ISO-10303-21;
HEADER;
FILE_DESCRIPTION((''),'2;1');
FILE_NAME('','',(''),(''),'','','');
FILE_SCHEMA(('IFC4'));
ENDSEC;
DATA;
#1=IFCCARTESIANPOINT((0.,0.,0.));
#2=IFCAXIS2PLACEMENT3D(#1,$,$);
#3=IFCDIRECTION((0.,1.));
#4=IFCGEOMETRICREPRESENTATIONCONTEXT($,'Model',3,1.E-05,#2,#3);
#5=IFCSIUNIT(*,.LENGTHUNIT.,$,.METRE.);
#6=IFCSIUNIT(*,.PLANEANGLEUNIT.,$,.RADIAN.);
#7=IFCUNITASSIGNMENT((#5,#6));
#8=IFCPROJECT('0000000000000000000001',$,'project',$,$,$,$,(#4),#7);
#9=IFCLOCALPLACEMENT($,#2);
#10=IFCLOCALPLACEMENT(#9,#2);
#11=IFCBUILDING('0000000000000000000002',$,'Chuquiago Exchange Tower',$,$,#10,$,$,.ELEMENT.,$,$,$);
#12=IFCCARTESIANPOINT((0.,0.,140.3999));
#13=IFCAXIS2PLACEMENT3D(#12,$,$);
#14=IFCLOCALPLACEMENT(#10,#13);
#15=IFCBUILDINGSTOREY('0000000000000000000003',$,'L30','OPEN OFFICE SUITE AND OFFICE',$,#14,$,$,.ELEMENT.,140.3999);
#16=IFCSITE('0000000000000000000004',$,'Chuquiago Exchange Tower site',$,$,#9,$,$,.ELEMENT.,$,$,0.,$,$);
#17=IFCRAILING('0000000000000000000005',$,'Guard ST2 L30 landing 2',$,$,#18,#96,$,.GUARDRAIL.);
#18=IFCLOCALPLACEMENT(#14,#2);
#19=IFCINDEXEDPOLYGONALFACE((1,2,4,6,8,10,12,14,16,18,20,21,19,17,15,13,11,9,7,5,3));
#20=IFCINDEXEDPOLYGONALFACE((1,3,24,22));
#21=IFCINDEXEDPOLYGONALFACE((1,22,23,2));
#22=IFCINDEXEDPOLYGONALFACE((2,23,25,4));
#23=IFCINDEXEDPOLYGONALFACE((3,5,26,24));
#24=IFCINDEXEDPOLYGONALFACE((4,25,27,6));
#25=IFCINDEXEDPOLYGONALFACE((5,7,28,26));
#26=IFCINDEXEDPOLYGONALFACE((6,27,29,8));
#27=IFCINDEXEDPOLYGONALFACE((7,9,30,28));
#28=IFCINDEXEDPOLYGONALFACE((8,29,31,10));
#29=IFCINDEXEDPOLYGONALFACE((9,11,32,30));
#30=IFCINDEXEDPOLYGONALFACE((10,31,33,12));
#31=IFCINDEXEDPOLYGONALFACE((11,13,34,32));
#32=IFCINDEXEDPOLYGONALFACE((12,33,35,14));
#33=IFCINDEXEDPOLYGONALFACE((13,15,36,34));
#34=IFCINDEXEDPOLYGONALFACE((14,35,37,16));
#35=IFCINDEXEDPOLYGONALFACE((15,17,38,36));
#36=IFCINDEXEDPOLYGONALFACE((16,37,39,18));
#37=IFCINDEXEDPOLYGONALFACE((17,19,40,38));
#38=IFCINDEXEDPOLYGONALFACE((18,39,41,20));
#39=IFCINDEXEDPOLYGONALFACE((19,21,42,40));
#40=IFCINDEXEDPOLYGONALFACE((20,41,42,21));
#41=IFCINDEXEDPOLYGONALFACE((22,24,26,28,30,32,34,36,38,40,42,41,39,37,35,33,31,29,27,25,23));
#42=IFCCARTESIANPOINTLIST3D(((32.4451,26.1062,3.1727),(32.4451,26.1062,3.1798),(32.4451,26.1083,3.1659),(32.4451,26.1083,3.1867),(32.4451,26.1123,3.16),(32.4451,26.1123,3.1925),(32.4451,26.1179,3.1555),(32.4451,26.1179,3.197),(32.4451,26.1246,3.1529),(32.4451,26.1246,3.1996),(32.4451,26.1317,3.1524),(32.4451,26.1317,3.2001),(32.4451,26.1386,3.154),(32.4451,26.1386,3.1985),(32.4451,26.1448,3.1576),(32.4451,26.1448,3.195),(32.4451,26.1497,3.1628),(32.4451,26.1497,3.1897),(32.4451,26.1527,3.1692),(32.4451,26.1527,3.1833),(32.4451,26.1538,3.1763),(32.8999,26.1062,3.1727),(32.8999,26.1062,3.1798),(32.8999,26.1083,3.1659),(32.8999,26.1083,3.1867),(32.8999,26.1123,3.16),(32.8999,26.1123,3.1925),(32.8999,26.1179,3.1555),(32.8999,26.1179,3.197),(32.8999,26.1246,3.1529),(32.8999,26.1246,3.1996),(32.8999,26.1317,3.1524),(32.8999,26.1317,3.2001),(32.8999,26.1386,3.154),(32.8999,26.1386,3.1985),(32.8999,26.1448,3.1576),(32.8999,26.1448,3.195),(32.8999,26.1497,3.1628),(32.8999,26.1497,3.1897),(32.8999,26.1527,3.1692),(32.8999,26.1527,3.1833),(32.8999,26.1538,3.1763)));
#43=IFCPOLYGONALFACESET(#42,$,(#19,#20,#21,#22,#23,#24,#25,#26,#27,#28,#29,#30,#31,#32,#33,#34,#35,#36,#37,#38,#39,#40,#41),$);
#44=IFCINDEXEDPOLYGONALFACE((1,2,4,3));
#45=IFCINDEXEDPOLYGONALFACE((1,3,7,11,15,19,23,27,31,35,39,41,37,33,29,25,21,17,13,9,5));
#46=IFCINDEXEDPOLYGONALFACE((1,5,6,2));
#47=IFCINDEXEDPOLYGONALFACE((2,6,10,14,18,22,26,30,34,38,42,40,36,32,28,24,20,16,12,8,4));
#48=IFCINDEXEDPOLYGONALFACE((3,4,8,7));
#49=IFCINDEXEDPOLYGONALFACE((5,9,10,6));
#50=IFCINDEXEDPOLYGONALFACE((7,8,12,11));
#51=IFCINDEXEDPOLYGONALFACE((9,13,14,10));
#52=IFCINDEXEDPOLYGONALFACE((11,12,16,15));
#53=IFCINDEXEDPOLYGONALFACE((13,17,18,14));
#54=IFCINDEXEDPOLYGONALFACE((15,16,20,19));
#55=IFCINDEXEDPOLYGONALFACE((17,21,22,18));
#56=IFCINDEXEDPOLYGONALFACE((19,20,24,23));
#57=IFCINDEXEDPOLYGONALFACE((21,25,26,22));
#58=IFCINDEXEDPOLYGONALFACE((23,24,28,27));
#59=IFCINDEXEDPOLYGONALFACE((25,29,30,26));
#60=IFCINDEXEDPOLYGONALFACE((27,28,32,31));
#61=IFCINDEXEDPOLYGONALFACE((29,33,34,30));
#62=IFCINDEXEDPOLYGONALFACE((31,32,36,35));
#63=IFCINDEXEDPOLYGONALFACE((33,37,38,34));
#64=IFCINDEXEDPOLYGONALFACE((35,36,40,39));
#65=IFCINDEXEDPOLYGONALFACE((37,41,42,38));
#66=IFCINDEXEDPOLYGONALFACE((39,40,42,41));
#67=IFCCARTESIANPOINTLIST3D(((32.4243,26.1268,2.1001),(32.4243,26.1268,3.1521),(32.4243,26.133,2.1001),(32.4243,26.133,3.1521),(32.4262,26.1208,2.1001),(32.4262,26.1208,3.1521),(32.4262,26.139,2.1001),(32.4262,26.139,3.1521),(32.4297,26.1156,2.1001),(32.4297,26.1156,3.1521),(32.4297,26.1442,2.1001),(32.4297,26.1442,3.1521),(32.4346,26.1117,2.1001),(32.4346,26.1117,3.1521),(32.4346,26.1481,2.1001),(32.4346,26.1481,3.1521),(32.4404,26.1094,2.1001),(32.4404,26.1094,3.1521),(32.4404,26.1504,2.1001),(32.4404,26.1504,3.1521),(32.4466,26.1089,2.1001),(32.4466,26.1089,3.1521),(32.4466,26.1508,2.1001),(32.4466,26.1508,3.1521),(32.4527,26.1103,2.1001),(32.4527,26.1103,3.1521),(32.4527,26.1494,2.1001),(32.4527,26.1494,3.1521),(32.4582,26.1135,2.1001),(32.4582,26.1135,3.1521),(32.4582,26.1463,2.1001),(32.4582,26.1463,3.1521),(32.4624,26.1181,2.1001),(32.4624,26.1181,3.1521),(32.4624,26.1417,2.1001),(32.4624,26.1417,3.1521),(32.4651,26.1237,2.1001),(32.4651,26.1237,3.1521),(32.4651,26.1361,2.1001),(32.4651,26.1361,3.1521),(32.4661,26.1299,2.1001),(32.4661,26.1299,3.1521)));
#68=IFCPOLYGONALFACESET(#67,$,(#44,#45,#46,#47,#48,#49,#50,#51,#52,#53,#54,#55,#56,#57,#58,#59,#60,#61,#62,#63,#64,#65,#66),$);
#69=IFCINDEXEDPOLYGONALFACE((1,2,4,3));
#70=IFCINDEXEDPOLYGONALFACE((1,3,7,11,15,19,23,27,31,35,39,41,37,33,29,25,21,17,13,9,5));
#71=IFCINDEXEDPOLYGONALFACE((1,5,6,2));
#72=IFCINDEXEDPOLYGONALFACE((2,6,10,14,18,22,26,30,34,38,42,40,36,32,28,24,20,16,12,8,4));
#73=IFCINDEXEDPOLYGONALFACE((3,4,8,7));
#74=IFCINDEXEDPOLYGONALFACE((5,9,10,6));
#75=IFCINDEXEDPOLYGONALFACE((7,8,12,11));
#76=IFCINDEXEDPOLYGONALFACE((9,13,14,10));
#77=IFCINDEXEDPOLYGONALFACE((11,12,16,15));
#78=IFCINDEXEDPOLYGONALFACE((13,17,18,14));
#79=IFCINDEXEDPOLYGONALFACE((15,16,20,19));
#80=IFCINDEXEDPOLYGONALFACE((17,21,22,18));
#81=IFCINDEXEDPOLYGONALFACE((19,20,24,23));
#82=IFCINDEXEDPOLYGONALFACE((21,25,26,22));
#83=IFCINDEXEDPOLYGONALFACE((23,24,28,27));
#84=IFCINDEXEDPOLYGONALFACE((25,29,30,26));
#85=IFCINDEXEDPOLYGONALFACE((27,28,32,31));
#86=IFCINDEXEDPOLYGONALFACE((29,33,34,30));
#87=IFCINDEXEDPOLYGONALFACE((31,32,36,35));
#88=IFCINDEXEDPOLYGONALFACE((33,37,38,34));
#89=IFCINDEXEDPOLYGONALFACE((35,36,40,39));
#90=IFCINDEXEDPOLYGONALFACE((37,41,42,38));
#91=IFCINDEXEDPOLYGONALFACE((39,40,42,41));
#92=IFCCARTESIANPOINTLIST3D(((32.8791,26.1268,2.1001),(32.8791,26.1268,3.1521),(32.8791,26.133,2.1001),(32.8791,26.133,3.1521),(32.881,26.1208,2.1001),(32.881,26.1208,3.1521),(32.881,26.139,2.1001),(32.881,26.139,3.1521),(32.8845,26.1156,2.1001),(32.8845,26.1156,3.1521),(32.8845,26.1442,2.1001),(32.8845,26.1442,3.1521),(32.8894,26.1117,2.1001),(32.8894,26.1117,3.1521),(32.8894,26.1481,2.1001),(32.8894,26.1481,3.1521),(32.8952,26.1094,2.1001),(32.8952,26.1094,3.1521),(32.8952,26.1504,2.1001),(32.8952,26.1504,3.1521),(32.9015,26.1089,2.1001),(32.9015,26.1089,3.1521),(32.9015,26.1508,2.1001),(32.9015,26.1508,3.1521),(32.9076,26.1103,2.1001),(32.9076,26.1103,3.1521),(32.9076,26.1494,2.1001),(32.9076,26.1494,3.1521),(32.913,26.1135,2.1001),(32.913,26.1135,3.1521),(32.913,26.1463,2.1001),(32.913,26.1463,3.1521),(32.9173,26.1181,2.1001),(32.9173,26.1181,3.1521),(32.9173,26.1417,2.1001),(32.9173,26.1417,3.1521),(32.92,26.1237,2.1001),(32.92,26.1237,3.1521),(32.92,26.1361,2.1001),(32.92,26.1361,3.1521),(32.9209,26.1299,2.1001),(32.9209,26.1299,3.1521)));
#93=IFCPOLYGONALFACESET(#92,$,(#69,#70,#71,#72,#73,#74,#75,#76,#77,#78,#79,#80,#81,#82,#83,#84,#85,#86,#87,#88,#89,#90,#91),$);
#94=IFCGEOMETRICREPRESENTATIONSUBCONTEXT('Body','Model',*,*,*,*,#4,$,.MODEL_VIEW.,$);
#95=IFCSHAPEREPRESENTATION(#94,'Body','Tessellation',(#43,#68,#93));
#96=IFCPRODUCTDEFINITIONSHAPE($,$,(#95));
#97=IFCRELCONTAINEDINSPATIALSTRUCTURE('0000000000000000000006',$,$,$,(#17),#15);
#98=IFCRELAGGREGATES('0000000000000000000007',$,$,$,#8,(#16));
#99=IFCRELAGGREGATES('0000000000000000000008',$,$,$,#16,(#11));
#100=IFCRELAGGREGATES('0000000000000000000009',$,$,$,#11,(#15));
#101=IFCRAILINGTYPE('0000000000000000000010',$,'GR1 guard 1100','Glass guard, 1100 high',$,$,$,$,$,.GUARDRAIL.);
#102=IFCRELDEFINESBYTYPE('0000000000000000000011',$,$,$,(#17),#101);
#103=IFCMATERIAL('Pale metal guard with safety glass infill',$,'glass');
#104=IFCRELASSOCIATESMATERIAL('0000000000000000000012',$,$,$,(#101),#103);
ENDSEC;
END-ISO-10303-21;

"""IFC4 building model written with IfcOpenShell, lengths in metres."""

from ifc_helpers import new_model, si_unit, direction, frame, origin, origin_2d, place, context, subcontext, project, spatial, circle, extrude, material, type_object, element, save


model = new_model("IFC4")

# Units and contexts
model_context = context("Model", 3, precision=1e-05, world=origin(), true_north=direction((0.0, 1.0)))
body_context = subcontext(model_context, "Body", "Model", "MODEL_VIEW")
ifc_project = project(units=[si_unit("LENGTHUNIT", "METRE"), si_unit("PLANEANGLEUNIT", "RADIAN")], contexts=[model_context])

# Site, building, storey
site_placement = place(None, origin())
site = spatial("IfcSite", under=ifc_project, at=site_placement, Name="Chuquiago Exchange Tower site", CompositionType="ELEMENT", RefElevation=0.0)
building_placement = place(site_placement, origin())
building = spatial("IfcBuilding", under=site, at=building_placement, Name="Chuquiago Exchange Tower", CompositionType="ELEMENT")
storey_placement = place(building_placement, frame((0.0, 0.0, 140.3999)))
storey = spatial("IfcBuildingStorey", under=building, at=storey_placement, Name="L30", Description="OPEN OFFICE SUITE AND OFFICE", CompositionType="ELEMENT", Elevation=140.3999)

# Railing
ifc_material_1 = material(Name="Pale metal guard with safety glass infill", Category="glass")
railing_type_1 = type_object("IfcRailingType", Name="GR1 guard 1100", Description="Glass guard, 1100 high", PredefinedType="GUARDRAIL", material=ifc_material_1)
railing_1_placement = place(storey_placement, frame((32.4451, 26.1299, 2.1001)))
element("IfcRailing", 1, at=railing_1_placement, inside=storey, type_object=railing_type_1, Name="Guard ST2 L30 landing 2", PredefinedType="GUARDRAIL", context=body_context, shape_type="SweptSolid", body=[
    extrude(circle(Radius=0.0239, at=origin_2d()), frame((0.0, 0.0, 1.0762), z_axis=(1.0, 0.0, 0.0), x_axis=(0.0, 1.0, 0.0)), (0.0, 0.0, 1.0), 0.4548),
    extrude(circle(Radius=0.021, at=origin_2d()), origin(), (0.0, 0.0, 1.0), 1.052),
    extrude(circle(Radius=0.021, at=origin_2d()), frame((0.4548, 0.0, 0.0)), (0.0, 0.0, 1.0), 1.052),
])

save(model, "model.ifc")
